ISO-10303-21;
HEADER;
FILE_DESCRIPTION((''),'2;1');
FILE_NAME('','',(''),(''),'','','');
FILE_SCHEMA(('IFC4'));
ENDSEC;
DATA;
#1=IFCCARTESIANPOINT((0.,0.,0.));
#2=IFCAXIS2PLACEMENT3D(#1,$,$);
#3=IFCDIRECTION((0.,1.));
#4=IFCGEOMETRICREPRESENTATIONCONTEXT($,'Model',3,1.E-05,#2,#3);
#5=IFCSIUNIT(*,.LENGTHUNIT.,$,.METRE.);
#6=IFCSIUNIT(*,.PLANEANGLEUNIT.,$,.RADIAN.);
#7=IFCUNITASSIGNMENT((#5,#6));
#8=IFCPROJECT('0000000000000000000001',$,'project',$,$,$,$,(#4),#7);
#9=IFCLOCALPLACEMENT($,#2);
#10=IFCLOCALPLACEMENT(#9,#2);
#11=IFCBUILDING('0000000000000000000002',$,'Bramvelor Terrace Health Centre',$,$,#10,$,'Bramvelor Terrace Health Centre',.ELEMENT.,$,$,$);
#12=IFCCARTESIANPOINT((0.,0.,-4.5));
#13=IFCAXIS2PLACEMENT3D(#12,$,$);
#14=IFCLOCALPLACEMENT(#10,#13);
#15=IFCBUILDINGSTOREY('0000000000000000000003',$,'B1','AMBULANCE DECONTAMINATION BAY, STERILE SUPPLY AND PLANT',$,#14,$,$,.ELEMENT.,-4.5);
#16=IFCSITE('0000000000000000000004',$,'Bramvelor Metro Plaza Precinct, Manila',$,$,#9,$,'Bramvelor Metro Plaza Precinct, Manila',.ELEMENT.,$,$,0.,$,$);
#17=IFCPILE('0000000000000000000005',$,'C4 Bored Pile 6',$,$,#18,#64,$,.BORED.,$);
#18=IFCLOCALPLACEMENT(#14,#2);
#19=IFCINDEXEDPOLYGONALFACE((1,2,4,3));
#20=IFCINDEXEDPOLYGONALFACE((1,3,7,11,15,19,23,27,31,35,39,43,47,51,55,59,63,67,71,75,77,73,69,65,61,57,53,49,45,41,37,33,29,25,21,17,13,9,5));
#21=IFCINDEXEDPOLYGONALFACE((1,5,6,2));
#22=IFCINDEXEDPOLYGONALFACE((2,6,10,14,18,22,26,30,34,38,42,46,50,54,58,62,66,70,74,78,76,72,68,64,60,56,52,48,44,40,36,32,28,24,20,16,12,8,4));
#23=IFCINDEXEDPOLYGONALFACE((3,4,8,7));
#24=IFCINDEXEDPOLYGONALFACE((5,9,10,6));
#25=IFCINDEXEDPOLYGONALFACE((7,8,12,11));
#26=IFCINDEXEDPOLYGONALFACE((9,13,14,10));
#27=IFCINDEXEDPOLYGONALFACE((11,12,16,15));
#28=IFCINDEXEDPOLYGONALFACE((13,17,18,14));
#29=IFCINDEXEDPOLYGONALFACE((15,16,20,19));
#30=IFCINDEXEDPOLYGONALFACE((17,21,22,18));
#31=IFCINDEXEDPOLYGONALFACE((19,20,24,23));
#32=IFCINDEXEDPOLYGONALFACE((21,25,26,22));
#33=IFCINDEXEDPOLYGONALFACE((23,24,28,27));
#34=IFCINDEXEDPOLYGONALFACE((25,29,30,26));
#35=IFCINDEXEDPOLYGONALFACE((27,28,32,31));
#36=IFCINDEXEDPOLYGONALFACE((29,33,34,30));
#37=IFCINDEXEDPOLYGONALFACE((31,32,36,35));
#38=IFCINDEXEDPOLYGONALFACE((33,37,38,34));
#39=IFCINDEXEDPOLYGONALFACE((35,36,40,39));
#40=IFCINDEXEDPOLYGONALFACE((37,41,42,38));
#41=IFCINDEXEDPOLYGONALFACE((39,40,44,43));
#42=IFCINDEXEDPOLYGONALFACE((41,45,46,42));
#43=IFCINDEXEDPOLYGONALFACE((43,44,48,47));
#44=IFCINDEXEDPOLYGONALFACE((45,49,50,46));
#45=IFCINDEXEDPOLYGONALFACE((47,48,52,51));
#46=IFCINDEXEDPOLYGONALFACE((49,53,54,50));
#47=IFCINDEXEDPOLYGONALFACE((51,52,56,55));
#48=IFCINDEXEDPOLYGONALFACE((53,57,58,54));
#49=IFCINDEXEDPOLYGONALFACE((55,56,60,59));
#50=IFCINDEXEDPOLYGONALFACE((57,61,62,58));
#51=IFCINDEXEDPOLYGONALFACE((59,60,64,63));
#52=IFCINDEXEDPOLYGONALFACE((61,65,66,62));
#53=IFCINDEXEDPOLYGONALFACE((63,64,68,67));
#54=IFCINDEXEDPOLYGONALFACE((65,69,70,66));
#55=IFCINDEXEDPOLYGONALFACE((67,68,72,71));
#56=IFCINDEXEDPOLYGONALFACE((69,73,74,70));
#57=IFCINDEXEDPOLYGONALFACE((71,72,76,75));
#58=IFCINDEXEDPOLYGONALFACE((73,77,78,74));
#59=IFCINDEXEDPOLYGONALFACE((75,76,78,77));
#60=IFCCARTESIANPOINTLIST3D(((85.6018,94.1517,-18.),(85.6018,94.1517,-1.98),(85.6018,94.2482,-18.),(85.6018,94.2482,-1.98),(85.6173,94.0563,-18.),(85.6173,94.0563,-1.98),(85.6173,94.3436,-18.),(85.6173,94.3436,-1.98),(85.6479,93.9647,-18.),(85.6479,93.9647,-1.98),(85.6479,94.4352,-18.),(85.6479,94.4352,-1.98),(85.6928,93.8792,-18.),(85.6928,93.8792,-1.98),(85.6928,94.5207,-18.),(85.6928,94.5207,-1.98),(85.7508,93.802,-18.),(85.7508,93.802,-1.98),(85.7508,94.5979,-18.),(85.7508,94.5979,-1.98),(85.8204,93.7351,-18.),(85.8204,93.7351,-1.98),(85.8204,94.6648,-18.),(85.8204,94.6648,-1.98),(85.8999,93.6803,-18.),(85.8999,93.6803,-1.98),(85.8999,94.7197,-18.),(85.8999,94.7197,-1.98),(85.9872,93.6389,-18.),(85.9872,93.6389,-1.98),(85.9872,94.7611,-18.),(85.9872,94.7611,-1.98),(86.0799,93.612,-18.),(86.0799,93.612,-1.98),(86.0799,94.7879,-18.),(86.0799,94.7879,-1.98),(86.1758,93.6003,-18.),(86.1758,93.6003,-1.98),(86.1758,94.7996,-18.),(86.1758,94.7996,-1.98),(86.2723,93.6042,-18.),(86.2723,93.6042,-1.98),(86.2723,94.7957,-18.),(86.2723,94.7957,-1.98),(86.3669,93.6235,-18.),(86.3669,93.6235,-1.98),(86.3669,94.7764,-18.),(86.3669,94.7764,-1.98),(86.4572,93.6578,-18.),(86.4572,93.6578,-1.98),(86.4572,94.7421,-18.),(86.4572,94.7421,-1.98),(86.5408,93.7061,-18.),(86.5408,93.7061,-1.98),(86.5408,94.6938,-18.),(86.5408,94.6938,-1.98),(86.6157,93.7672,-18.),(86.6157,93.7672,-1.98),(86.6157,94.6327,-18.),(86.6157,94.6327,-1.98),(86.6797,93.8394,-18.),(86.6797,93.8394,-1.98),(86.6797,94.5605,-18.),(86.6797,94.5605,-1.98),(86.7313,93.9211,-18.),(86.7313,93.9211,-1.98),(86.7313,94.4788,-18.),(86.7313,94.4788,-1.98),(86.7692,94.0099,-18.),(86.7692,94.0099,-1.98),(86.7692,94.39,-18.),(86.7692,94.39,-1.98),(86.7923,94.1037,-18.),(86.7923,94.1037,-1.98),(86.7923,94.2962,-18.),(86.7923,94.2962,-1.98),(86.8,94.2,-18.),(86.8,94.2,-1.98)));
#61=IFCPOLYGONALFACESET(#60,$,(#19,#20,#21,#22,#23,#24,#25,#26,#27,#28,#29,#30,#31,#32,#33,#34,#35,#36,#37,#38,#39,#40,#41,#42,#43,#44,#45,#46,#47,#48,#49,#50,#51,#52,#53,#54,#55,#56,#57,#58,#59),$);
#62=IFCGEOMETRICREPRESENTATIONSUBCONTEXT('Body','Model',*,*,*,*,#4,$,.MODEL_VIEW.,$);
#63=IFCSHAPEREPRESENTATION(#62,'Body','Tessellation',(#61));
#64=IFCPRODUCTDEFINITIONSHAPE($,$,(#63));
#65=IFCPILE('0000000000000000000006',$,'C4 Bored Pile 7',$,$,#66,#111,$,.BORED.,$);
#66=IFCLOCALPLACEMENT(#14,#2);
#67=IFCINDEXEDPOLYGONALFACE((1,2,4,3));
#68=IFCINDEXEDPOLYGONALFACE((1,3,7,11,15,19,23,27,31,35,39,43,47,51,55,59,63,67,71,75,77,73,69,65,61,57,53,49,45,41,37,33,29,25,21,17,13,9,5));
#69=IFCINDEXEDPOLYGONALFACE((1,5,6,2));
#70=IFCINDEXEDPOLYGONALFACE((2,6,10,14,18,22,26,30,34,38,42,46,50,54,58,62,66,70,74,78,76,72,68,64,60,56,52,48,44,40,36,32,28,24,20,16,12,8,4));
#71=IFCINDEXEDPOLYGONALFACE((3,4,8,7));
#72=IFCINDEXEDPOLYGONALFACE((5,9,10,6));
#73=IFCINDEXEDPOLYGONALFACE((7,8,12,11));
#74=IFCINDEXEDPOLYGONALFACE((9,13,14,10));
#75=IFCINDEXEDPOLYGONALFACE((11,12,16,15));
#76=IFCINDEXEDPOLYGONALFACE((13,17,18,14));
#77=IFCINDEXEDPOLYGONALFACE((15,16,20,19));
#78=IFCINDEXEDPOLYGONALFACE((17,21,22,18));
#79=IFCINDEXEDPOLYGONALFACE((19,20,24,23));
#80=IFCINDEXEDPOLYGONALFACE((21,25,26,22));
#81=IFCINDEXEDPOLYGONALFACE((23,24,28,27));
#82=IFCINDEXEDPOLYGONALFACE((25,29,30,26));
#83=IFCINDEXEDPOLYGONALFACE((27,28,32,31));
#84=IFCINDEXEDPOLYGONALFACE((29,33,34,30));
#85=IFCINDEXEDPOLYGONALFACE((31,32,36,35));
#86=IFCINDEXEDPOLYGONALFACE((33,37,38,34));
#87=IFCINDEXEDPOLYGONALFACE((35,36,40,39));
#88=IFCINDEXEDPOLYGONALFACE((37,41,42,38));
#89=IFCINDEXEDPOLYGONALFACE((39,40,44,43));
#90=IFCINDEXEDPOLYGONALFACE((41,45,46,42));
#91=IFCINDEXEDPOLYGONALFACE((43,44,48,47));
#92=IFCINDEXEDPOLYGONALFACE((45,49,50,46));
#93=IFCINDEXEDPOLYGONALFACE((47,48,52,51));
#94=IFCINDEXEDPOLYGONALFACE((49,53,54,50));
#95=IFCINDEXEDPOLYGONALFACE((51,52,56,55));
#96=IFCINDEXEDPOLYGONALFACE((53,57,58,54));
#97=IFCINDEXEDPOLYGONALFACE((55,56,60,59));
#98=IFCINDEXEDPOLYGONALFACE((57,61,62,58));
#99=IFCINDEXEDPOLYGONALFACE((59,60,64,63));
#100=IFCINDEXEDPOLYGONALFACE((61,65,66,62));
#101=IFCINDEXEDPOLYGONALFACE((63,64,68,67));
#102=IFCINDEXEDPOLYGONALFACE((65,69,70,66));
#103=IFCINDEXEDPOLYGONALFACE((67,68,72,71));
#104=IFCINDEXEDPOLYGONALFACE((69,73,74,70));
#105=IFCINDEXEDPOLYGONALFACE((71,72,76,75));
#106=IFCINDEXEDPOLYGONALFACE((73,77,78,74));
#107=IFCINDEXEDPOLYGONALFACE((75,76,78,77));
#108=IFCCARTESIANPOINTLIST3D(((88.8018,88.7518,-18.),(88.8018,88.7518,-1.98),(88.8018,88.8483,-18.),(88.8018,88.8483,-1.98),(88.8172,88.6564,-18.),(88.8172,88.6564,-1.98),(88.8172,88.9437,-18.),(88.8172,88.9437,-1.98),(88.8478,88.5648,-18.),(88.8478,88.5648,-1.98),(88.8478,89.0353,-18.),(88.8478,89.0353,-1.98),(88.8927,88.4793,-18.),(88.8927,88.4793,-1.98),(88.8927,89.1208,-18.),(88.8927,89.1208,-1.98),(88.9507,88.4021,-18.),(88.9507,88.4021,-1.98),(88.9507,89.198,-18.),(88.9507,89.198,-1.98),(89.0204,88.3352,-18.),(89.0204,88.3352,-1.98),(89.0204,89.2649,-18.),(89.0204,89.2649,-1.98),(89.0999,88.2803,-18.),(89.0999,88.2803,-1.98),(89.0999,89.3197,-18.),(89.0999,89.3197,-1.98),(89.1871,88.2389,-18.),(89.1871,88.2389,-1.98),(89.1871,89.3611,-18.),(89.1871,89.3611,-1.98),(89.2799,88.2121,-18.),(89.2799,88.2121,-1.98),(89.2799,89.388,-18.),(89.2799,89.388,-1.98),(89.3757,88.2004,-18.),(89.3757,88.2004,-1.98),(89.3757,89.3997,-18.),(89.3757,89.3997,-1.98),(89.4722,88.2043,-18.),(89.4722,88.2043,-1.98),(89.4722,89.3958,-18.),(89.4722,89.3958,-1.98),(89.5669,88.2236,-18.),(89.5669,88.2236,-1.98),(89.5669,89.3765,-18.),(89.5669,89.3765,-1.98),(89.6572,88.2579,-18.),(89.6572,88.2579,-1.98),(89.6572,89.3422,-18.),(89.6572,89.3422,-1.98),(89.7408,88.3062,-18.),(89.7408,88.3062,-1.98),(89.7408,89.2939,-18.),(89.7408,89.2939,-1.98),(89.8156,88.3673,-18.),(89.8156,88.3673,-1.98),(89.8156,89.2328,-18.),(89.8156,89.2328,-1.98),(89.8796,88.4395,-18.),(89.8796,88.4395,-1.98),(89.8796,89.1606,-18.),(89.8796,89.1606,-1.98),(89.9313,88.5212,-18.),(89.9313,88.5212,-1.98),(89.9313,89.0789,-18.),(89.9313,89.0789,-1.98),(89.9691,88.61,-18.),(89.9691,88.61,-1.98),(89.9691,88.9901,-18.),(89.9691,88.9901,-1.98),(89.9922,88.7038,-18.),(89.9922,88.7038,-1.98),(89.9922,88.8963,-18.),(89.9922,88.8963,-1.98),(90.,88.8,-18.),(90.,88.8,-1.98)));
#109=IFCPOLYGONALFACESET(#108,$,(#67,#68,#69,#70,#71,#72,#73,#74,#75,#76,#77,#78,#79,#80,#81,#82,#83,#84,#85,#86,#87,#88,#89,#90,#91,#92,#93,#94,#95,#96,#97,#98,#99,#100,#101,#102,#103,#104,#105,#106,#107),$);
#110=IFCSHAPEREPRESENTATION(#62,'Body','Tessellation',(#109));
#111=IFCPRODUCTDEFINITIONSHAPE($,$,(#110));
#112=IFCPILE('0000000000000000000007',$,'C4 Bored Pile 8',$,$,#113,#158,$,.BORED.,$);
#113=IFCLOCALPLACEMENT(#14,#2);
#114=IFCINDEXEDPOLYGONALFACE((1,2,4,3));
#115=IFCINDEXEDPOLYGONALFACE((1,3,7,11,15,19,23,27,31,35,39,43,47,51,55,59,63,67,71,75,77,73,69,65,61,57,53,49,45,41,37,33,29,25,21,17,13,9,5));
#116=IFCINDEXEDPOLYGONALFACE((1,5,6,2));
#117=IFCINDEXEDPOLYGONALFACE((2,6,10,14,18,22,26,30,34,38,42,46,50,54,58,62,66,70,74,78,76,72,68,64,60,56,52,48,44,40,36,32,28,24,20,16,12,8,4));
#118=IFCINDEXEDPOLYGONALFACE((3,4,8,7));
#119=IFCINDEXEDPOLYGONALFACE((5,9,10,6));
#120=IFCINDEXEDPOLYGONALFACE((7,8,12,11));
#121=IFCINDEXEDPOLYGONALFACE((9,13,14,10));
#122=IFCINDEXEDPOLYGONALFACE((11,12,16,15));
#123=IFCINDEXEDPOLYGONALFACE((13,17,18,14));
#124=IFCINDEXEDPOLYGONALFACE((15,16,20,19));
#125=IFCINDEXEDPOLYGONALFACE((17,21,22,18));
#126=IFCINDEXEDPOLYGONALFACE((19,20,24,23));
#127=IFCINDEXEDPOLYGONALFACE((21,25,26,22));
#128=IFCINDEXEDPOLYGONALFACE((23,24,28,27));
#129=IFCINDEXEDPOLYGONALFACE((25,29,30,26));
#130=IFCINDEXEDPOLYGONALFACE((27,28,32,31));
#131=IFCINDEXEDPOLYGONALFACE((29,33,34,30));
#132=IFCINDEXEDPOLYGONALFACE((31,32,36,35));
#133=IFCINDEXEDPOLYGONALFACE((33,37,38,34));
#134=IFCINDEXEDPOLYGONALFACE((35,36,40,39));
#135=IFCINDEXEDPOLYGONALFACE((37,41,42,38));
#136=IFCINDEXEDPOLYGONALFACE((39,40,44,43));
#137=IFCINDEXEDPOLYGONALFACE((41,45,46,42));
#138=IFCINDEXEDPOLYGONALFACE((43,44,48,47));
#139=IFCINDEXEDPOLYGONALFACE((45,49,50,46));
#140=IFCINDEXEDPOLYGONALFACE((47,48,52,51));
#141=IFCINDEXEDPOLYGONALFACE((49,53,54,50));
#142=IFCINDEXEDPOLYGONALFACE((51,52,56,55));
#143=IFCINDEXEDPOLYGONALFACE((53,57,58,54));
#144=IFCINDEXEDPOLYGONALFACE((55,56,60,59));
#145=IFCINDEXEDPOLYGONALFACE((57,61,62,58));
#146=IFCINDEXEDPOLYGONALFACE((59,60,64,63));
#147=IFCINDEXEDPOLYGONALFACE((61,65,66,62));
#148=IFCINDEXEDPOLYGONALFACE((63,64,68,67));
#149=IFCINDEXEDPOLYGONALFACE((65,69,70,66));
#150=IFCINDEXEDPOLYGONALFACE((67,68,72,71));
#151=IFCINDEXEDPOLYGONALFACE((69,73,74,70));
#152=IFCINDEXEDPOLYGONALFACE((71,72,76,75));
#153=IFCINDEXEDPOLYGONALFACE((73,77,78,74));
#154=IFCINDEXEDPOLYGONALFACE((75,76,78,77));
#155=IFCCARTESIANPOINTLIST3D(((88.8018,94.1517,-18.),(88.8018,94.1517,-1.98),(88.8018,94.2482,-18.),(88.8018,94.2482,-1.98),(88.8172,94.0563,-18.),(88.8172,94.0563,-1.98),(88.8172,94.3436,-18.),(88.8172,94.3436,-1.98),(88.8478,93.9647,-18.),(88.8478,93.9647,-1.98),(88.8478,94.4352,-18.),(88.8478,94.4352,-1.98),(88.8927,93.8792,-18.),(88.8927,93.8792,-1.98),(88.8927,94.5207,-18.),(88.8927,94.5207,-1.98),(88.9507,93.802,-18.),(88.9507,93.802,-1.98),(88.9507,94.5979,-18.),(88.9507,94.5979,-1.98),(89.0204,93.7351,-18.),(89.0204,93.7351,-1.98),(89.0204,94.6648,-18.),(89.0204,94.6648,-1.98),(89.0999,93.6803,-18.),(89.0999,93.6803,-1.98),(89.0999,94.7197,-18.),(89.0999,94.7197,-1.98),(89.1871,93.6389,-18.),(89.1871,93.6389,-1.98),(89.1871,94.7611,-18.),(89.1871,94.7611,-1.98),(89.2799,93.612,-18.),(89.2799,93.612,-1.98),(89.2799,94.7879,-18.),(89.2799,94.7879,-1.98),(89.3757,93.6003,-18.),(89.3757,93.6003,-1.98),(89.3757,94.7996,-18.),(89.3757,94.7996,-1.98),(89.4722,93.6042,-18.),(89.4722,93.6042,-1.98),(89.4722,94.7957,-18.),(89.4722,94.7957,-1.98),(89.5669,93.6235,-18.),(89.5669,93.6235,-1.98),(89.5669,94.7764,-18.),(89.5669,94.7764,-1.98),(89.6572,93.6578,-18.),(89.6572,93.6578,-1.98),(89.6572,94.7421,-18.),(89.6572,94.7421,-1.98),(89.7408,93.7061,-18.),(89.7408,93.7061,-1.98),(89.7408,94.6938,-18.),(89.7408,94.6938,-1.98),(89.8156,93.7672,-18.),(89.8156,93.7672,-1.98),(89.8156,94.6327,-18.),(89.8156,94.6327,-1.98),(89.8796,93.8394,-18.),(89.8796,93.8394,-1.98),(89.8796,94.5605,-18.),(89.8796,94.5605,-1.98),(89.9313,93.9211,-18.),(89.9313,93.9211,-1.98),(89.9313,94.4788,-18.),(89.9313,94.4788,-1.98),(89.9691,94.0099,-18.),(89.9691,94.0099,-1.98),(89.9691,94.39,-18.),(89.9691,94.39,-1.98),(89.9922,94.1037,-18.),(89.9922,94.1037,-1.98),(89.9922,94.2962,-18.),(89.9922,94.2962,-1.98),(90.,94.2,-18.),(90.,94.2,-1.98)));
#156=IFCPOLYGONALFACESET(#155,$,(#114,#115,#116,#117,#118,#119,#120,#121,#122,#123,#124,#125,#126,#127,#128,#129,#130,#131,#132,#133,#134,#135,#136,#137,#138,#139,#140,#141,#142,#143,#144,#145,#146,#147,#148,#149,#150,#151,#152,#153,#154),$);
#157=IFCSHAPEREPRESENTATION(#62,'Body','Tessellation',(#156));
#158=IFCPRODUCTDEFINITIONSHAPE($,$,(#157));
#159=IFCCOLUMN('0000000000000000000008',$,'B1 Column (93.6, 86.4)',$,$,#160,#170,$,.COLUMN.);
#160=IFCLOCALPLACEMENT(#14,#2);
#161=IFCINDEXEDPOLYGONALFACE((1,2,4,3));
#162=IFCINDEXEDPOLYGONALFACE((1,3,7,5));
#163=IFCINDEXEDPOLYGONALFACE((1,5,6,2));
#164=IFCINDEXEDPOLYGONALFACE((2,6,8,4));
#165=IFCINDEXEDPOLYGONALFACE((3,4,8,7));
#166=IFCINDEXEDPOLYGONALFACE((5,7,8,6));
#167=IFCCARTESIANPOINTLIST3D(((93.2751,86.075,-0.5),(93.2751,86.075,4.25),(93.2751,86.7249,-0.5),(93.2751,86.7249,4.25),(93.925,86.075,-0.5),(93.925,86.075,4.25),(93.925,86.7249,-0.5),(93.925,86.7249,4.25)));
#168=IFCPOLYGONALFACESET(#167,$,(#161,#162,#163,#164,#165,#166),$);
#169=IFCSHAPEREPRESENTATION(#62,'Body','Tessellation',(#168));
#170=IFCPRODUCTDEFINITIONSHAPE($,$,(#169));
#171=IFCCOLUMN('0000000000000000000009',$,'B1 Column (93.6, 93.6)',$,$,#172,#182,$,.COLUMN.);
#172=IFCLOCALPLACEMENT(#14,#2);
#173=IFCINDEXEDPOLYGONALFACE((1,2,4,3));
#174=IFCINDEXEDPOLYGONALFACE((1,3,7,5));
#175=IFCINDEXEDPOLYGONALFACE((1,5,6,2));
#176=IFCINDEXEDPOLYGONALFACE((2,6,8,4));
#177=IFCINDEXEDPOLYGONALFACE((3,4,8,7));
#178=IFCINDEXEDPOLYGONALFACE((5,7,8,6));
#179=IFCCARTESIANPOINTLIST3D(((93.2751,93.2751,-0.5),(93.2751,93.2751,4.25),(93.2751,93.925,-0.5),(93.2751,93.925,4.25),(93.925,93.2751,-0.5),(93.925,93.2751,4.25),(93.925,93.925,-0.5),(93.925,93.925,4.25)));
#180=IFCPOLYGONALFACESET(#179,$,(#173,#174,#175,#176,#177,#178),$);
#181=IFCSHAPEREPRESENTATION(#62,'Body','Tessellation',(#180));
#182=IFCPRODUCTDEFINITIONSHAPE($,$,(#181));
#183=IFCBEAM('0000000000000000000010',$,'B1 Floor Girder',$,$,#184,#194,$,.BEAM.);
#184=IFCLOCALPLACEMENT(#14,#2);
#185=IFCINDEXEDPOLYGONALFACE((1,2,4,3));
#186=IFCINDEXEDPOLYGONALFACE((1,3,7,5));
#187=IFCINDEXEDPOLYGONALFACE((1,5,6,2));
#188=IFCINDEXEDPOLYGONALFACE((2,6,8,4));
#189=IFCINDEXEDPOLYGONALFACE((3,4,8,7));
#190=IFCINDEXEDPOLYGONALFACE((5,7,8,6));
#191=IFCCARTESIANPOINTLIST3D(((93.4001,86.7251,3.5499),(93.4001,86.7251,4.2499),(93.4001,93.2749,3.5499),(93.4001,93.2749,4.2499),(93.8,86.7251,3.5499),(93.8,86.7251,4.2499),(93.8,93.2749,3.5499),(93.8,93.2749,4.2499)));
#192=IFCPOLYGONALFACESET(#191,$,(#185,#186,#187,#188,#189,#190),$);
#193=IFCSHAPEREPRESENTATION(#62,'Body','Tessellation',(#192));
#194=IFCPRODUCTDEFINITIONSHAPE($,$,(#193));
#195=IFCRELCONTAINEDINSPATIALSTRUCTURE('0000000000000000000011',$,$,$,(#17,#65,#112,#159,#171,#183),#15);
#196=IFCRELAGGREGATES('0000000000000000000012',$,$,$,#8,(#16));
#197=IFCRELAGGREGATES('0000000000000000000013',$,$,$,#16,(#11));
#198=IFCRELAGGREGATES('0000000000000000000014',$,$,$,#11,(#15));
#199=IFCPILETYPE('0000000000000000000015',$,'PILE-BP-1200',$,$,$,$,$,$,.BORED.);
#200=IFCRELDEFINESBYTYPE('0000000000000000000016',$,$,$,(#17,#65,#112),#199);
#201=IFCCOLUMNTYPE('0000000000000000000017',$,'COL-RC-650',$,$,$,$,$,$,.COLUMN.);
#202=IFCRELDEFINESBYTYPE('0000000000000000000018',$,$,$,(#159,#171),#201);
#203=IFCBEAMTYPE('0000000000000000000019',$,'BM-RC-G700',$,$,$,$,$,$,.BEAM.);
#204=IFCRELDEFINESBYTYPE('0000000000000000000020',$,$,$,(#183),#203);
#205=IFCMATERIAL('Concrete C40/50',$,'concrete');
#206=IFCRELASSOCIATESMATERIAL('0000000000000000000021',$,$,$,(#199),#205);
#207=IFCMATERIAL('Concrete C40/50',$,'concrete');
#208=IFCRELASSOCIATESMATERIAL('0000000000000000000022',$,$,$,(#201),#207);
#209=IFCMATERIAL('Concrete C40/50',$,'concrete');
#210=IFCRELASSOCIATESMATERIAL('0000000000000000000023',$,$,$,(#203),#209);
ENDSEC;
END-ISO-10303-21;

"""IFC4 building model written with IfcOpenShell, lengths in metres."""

from ifc_helpers import new_model, si_unit, direction, frame, origin, origin_2d, place, context, subcontext, project, spatial, rectangle, circle, extrude, material, material_profile, profile_set, type_object, element, save


model = new_model("IFC4")

# Units and contexts
model_context = context("Model", 3, precision=1e-05, world=origin(), true_north=direction((0.0, 1.0)))
body_context = subcontext(model_context, "Body", "Model", "MODEL_VIEW")
ifc_project = project(units=[si_unit("LENGTHUNIT", "METRE"), si_unit("PLANEANGLEUNIT", "RADIAN")], contexts=[model_context])

# Site, building, storey
site_placement = place(None, origin())
site = spatial("IfcSite", under=ifc_project, at=site_placement, Name="Bramvelor Metro Plaza Precinct, Manila", LongName="Bramvelor Metro Plaza Precinct, Manila", CompositionType="ELEMENT", RefElevation=0.0)
building_placement = place(site_placement, origin())
building = spatial("IfcBuilding", under=site, at=building_placement, Name="Bramvelor Terrace Health Centre", LongName="Bramvelor Terrace Health Centre", CompositionType="ELEMENT")
storey_placement = place(building_placement, frame((0.0, 0.0, -4.5)))
storey = spatial("IfcBuildingStorey", under=building, at=storey_placement, Name="B1", Description="AMBULANCE DECONTAMINATION BAY, STERILE SUPPLY AND PLANT", CompositionType="ELEMENT", Elevation=-4.5)

# Piles
ifc_material_1 = material(Name="Concrete C40/50", Category="concrete")
ifc_material_profile_1 = material_profile(ifc_material_1, circle(Radius=0.6001, at=origin_2d()), Name="BP D1200")
ifc_profile_set_1 = profile_set([ifc_material_profile_1], Name="Concrete C40/50")
pile_type_1 = type_object("IfcPileType", Name="PILE-BP-1200", PredefinedType="BORED", material=ifc_profile_set_1)
for number, where, z_axis, x_axis, name in (
    (1, (86.2, 94.2, -1.98), (0.0, 0.0, -1.0), (1.0, 0.0, 0.0), "C4 Bored Pile 6"),
    (2, (89.3999, 88.8, -1.98), (0.0, 0.0, -1.0), (1.0, 0.0, 0.0), "C4 Bored Pile 7"),
    (3, (89.3999, 94.2, -1.98), (0.0, 0.0, -1.0), (1.0, 0.0, 0.0), "C4 Bored Pile 8"),
):
    element("IfcPile", number, at=place(storey_placement, frame(where, z_axis=z_axis, x_axis=x_axis)), inside=storey, type_object=pile_type_1, Name=name, PredefinedType="BORED", context=body_context, shape_type="SweptSolid", body=[
        extrude(circle(Radius=0.6001, at=origin_2d()), origin(), (0.0, 0.0, 1.0), 16.02),
    ])

# Columns
ifc_material_2 = material(Name="Concrete C40/50", Category="concrete")
ifc_material_profile_2 = material_profile(ifc_material_2, rectangle(XDim=0.6499, YDim=0.6499, at=origin_2d()), Name="RC 650x650")
ifc_profile_set_2 = profile_set([ifc_material_profile_2], Name="Concrete C40/50")
column_type = type_object("IfcColumnType", Name="COL-RC-650", PredefinedType="COLUMN", material=ifc_profile_set_2)
for number, where, z_axis, x_axis, name in (
    (4, (93.6001, 86.3999, -0.5), (0.0, 0.0, 1.0), (1.0, 0.0, 0.0), "B1 Column (93.6, 86.4)"),
    (5, (93.6001, 93.6001, -0.5), (0.0, 0.0, 1.0), (1.0, 0.0, 0.0), "B1 Column (93.6, 93.6)"),
):
    element("IfcColumn", number, at=place(storey_placement, frame(where, z_axis=z_axis, x_axis=x_axis)), inside=storey, type_object=column_type, Name=name, PredefinedType="COLUMN", context=body_context, shape_type="SweptSolid", body=[
        extrude(rectangle(XDim=0.6499, YDim=0.6499, at=origin_2d()), origin(), (0.0, 0.0, 1.0), 4.75),
    ])

# Beam
ifc_material_3 = material(Name="Concrete C40/50", Category="concrete")
ifc_material_profile_3 = material_profile(ifc_material_3, rectangle(XDim=0.3999, YDim=0.7, at=origin_2d()), Name="RC 400x700")
ifc_profile_set_3 = profile_set([ifc_material_profile_3], Name="Concrete C40/50")
beam_type = type_object("IfcBeamType", Name="BM-RC-G700", PredefinedType="BEAM", material=ifc_profile_set_3)
beam_placement = place(storey_placement, frame((93.6001, 86.7251, 3.8999), z_axis=(0.0, 1.0, 0.0), x_axis=(-1.0, 0.0, 0.0)))
element("IfcBeam", 6, at=beam_placement, inside=storey, type_object=beam_type, Name="B1 Floor Girder", PredefinedType="BEAM", context=body_context, shape_type="SweptSolid", body=[
    extrude(rectangle(XDim=0.3999, YDim=0.7, at=origin_2d()), origin(), (0.0, 0.0, 1.0), 6.5498),
])

save(model, "model.ifc")
